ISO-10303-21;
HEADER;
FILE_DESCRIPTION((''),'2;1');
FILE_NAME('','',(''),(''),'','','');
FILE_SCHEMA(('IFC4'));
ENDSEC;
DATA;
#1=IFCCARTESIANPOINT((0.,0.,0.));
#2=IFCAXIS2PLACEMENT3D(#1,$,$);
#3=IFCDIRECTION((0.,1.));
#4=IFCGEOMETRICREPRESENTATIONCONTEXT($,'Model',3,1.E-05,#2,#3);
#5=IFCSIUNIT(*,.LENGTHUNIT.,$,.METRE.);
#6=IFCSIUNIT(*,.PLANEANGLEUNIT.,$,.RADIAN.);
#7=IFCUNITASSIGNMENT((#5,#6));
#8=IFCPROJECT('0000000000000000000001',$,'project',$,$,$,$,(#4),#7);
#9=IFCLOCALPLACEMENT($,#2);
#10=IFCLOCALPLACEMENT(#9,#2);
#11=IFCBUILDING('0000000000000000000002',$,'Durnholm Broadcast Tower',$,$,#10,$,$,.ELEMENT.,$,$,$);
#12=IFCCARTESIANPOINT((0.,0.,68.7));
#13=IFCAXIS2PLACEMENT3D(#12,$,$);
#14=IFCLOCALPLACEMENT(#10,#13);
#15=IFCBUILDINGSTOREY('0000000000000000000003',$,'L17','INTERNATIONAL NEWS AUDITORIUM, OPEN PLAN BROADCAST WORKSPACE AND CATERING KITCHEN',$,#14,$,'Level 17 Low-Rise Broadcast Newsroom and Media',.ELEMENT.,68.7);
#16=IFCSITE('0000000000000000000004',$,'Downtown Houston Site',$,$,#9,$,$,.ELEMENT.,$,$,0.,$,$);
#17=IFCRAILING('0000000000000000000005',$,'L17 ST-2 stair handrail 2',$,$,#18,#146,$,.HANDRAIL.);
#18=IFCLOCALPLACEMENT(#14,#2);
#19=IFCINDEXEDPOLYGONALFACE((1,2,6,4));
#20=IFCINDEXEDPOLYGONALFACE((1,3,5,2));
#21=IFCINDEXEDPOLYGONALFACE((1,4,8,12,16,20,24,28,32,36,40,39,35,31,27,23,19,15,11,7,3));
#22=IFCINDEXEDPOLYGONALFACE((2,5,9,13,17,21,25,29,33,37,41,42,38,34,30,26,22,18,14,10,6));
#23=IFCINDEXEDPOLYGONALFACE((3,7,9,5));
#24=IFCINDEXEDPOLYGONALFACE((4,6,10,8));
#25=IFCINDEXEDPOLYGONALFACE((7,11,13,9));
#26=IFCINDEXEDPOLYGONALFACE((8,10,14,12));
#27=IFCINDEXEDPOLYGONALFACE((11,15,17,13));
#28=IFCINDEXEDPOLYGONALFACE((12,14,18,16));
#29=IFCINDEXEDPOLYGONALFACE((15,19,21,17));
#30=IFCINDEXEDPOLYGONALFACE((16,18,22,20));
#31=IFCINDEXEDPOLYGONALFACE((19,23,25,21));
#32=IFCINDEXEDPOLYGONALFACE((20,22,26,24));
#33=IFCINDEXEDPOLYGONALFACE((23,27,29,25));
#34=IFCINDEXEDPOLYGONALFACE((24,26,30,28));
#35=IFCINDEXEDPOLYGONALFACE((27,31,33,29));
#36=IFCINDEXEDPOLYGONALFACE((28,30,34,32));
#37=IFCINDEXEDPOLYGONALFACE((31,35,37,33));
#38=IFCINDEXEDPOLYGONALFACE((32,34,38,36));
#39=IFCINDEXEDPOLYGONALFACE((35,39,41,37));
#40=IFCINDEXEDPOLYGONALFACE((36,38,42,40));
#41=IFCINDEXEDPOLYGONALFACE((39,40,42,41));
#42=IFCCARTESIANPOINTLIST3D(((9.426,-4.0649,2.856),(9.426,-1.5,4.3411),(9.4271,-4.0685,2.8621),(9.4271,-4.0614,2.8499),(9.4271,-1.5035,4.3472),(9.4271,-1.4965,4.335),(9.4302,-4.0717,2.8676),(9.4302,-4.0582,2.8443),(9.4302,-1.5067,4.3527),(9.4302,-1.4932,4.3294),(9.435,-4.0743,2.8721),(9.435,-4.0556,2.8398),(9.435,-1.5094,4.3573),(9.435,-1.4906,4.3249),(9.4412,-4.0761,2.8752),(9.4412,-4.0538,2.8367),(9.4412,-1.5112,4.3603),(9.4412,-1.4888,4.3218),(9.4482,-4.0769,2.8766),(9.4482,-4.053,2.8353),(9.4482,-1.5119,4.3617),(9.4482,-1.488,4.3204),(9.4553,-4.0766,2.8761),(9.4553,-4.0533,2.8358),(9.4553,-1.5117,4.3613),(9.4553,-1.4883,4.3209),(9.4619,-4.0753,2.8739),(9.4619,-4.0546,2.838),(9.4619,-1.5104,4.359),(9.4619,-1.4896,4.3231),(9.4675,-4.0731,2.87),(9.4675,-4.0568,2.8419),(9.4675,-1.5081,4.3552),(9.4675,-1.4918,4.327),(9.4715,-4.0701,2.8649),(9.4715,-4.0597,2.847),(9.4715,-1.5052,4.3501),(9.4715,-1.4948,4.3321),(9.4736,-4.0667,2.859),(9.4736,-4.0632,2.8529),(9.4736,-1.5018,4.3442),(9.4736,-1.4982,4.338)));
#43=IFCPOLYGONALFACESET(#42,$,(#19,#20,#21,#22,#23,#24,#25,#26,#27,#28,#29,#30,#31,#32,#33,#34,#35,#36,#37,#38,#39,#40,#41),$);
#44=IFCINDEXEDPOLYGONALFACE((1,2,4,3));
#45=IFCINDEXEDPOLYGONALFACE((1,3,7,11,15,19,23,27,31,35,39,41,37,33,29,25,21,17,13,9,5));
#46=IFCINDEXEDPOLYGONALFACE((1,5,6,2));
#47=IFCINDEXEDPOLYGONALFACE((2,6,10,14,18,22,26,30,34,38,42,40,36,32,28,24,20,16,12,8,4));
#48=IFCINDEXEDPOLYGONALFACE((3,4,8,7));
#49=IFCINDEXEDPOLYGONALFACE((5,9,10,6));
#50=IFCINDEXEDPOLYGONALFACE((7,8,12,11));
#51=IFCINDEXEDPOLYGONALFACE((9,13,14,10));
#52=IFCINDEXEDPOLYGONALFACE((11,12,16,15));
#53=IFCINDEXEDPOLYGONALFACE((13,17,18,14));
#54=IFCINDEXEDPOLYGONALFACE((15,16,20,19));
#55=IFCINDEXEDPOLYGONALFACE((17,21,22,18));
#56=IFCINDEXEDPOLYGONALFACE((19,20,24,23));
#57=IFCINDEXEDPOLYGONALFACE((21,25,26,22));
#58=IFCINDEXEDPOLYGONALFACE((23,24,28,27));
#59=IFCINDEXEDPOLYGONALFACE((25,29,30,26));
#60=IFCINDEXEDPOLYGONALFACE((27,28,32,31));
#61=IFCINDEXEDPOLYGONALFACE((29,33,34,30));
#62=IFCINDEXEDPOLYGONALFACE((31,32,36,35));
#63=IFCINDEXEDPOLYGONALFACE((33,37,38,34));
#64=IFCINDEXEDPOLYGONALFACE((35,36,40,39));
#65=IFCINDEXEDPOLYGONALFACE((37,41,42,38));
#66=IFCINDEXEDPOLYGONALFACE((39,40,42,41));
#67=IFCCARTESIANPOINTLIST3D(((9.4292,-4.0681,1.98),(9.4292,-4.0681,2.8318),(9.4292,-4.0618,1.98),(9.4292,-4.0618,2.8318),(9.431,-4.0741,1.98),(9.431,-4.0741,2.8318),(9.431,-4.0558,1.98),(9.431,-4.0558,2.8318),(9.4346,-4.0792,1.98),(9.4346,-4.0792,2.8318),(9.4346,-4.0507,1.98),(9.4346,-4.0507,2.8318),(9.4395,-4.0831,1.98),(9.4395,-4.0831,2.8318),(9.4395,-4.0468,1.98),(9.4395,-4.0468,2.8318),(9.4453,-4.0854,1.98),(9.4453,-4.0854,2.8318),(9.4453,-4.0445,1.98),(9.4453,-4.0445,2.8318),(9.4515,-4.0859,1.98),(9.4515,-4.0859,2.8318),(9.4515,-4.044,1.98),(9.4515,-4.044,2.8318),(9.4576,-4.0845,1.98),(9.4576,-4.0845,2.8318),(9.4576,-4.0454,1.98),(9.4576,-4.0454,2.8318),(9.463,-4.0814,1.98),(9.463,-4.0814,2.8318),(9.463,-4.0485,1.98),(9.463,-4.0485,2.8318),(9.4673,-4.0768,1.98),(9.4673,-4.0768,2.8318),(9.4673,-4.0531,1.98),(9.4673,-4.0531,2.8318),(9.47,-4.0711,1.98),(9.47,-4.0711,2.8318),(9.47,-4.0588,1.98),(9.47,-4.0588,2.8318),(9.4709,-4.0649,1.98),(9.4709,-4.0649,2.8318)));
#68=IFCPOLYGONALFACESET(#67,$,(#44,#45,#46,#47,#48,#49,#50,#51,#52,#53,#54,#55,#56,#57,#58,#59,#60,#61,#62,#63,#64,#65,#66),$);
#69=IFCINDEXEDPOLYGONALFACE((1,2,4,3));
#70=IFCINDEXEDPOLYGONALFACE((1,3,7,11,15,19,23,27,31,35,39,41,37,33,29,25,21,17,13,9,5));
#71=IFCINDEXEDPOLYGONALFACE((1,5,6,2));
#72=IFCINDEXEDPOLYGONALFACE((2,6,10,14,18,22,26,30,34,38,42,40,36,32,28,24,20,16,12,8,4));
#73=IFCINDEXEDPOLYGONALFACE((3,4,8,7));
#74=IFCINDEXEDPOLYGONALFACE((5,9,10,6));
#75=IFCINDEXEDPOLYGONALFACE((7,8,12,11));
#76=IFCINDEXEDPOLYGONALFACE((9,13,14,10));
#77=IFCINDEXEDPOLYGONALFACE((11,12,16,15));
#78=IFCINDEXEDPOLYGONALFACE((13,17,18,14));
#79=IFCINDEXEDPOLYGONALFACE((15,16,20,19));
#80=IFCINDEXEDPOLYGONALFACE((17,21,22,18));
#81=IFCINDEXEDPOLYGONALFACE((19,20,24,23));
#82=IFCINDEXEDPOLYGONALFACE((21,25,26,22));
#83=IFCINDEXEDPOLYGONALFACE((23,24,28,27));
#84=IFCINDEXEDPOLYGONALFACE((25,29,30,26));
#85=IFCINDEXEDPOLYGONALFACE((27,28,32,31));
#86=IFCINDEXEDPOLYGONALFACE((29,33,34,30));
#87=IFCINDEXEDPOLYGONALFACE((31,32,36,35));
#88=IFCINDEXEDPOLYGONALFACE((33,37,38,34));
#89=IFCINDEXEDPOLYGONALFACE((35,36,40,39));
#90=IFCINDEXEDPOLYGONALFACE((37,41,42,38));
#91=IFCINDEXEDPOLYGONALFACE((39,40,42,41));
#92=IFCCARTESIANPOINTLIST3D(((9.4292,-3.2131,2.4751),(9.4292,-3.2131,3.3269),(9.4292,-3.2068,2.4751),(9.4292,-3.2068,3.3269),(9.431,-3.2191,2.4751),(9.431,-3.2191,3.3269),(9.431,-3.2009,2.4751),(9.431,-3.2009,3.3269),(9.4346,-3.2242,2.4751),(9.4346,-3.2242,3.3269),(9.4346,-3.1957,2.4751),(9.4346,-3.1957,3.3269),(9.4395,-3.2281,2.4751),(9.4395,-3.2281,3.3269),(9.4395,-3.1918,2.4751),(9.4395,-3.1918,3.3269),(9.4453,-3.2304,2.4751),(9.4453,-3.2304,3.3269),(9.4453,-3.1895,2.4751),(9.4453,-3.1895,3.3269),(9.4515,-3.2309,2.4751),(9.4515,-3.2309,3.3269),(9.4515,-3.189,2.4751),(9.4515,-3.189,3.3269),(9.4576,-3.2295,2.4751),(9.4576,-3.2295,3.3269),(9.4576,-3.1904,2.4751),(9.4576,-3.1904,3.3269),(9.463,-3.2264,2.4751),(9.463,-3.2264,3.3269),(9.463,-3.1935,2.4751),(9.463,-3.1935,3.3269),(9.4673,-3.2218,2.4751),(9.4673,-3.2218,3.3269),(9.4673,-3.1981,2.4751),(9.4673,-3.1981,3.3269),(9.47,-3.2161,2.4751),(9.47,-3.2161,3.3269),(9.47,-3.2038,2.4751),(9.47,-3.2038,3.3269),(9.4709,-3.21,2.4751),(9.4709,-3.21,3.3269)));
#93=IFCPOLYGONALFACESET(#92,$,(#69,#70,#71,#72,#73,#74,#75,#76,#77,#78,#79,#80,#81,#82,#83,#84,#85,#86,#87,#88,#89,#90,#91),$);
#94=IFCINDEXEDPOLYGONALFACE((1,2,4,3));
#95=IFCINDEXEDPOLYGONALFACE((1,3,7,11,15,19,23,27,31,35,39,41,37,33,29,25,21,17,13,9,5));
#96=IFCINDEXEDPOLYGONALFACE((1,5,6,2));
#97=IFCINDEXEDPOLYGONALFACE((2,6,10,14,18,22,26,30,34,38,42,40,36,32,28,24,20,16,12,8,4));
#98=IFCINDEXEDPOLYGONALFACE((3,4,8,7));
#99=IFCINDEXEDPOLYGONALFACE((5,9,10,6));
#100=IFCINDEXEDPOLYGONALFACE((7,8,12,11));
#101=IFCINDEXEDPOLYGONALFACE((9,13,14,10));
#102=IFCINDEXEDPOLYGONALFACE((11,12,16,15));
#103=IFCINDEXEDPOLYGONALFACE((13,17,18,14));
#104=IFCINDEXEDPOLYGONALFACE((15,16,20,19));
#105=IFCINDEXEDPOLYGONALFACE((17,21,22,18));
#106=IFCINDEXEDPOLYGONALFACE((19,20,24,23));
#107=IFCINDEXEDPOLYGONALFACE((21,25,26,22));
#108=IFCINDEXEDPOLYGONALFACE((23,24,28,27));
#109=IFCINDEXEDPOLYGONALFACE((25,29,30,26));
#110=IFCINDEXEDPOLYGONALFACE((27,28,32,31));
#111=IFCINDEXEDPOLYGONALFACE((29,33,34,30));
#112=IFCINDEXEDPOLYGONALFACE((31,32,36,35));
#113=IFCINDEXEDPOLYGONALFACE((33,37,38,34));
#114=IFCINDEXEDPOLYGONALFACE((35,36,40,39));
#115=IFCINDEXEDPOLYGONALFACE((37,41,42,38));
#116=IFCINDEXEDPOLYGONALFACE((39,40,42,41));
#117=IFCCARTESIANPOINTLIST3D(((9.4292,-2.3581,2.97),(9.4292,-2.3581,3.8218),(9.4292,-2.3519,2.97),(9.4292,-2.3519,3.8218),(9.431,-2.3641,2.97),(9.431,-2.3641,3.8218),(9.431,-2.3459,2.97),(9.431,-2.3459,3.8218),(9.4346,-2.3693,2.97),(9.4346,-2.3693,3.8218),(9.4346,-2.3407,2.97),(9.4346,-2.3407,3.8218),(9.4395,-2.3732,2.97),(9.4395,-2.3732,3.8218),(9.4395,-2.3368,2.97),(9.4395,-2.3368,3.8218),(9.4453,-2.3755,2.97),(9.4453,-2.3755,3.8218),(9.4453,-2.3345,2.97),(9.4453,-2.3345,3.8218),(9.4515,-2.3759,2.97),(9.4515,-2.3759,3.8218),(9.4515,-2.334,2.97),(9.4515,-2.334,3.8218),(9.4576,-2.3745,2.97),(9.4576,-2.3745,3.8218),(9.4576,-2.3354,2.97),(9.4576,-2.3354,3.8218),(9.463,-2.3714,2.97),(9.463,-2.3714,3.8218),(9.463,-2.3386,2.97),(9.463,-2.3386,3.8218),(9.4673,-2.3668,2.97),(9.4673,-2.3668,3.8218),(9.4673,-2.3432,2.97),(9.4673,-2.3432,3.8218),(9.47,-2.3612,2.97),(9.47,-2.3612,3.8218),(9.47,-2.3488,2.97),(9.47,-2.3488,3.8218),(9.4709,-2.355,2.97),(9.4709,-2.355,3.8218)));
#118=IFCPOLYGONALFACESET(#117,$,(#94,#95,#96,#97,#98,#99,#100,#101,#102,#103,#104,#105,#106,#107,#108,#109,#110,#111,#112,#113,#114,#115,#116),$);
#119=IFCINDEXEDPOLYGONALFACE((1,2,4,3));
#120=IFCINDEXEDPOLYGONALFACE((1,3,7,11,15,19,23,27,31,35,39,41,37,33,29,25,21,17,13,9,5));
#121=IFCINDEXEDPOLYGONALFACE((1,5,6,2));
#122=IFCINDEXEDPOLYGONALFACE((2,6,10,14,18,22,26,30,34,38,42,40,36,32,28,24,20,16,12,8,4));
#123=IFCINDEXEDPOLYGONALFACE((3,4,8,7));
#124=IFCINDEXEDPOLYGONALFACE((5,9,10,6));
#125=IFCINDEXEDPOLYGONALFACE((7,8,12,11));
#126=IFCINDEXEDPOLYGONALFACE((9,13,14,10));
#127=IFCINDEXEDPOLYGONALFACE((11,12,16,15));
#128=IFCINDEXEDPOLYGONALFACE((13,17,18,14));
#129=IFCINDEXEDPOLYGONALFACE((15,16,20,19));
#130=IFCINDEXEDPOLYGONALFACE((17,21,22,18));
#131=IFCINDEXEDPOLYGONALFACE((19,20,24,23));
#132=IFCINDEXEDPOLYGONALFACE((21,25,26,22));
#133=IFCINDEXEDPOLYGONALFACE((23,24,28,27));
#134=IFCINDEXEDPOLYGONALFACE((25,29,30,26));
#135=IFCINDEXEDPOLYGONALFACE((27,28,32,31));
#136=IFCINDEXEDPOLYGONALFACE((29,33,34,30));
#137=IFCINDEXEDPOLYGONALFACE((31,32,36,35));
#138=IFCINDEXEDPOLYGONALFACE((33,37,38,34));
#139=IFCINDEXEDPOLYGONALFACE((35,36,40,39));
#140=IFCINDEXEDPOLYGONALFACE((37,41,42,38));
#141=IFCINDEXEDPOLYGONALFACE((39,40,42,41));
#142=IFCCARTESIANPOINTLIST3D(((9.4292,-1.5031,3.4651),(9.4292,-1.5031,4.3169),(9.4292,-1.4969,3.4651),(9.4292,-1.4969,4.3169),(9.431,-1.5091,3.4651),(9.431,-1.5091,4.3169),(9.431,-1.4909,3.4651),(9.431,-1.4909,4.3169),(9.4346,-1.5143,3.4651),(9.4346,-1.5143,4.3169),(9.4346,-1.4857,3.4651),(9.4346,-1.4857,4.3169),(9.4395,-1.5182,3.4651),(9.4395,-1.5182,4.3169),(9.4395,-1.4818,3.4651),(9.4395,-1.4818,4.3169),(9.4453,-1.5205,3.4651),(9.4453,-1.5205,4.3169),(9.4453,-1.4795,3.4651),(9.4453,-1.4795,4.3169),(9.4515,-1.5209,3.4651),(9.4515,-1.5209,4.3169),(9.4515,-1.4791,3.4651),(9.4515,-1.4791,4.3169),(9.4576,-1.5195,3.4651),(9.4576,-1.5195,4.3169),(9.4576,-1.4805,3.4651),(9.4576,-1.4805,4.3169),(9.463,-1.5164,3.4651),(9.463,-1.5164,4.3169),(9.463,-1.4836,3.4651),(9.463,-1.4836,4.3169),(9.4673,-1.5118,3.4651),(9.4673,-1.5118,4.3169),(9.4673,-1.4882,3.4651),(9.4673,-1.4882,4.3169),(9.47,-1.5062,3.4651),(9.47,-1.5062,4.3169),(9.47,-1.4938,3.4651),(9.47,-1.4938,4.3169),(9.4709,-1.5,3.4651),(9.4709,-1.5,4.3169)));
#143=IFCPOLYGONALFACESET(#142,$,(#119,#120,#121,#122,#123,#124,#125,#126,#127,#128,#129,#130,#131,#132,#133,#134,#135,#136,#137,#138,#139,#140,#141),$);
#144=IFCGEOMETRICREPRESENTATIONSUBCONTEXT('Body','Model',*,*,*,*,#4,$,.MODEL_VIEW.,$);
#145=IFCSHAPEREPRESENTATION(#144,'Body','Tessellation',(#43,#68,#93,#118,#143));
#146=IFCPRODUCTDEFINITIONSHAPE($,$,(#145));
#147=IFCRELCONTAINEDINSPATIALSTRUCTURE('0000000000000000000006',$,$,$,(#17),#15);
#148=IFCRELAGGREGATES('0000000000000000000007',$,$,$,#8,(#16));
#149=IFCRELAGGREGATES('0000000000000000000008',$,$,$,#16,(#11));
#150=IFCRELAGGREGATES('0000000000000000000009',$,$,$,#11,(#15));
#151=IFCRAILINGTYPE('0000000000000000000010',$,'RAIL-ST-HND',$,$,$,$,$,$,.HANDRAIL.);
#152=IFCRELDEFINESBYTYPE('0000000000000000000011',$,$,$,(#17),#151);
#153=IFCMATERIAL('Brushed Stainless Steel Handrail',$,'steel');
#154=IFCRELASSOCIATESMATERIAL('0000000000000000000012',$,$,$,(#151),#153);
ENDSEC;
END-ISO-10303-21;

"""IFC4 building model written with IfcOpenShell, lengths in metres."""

from ifc_helpers import new_model, si_unit, direction, frame, origin, origin_2d, place, context, subcontext, project, spatial, circle, extrude, material, type_object, element, save


model = new_model("IFC4")

# Units and contexts
model_context = context("Model", 3, precision=1e-05, world=origin(), true_north=direction((0.0, 1.0)))
body_context = subcontext(model_context, "Body", "Model", "MODEL_VIEW")
ifc_project = project(units=[si_unit("LENGTHUNIT", "METRE"), si_unit("PLANEANGLEUNIT", "RADIAN")], contexts=[model_context])

# Site, building, storey
site_placement = place(None, origin())
site = spatial("IfcSite", under=ifc_project, at=site_placement, Name="Downtown Houston Site", CompositionType="ELEMENT", RefElevation=0.0)
building_placement = place(site_placement, origin())
building = spatial("IfcBuilding", under=site, at=building_placement, Name="Durnholm Broadcast Tower", CompositionType="ELEMENT")
storey_placement = place(building_placement, frame((0.0, 0.0, 68.7)))
storey = spatial("IfcBuildingStorey", under=building, at=storey_placement, Name="L17", Description="INTERNATIONAL NEWS AUDITORIUM, OPEN PLAN BROADCAST WORKSPACE AND CATERING KITCHEN", LongName="Level 17 Low-Rise Broadcast Newsroom and Media", CompositionType="ELEMENT", Elevation=68.7)

# Railing
ifc_material_1 = material(Name="Brushed Stainless Steel Handrail", Category="steel")
railing_type_1 = type_object("IfcRailingType", Name="RAIL-ST-HND", PredefinedType="HANDRAIL", material=ifc_material_1)
railing_1_placement = place(storey_placement, frame((9.45, -4.0649, 1.98)))
element("IfcRailing", 1, at=railing_1_placement, inside=storey, type_object=railing_type_1, Name="L17 ST-2 stair handrail 2", PredefinedType="HANDRAIL", context=body_context, shape_type="SweptSolid", body=[
    extrude(circle(Radius=0.0239, at=origin_2d()), frame((0.0, 0.0, 0.876), z_axis=(0.0, 0.865406, 0.501072), x_axis=(-1.0, 0.0, 0.0)), (0.0, 0.0, 1.0), 2.9639),
    extrude(circle(Radius=0.021, at=origin_2d()), origin(), (0.0, 0.0, 1.0), 0.8518),
    extrude(circle(Radius=0.021, at=origin_2d()), frame((0.0, 0.855, 0.4951)), (0.0, 0.0, 1.0), 0.8518),
    extrude(circle(Radius=0.021, at=origin_2d()), frame((0.0, 1.71, 0.99)), (0.0, 0.0, 1.0), 0.8518),
    extrude(circle(Radius=0.021, at=origin_2d()), frame((0.0, 2.5649, 1.4851)), (0.0, 0.0, 1.0), 0.8518),
])

save(model, "model.ifc")
